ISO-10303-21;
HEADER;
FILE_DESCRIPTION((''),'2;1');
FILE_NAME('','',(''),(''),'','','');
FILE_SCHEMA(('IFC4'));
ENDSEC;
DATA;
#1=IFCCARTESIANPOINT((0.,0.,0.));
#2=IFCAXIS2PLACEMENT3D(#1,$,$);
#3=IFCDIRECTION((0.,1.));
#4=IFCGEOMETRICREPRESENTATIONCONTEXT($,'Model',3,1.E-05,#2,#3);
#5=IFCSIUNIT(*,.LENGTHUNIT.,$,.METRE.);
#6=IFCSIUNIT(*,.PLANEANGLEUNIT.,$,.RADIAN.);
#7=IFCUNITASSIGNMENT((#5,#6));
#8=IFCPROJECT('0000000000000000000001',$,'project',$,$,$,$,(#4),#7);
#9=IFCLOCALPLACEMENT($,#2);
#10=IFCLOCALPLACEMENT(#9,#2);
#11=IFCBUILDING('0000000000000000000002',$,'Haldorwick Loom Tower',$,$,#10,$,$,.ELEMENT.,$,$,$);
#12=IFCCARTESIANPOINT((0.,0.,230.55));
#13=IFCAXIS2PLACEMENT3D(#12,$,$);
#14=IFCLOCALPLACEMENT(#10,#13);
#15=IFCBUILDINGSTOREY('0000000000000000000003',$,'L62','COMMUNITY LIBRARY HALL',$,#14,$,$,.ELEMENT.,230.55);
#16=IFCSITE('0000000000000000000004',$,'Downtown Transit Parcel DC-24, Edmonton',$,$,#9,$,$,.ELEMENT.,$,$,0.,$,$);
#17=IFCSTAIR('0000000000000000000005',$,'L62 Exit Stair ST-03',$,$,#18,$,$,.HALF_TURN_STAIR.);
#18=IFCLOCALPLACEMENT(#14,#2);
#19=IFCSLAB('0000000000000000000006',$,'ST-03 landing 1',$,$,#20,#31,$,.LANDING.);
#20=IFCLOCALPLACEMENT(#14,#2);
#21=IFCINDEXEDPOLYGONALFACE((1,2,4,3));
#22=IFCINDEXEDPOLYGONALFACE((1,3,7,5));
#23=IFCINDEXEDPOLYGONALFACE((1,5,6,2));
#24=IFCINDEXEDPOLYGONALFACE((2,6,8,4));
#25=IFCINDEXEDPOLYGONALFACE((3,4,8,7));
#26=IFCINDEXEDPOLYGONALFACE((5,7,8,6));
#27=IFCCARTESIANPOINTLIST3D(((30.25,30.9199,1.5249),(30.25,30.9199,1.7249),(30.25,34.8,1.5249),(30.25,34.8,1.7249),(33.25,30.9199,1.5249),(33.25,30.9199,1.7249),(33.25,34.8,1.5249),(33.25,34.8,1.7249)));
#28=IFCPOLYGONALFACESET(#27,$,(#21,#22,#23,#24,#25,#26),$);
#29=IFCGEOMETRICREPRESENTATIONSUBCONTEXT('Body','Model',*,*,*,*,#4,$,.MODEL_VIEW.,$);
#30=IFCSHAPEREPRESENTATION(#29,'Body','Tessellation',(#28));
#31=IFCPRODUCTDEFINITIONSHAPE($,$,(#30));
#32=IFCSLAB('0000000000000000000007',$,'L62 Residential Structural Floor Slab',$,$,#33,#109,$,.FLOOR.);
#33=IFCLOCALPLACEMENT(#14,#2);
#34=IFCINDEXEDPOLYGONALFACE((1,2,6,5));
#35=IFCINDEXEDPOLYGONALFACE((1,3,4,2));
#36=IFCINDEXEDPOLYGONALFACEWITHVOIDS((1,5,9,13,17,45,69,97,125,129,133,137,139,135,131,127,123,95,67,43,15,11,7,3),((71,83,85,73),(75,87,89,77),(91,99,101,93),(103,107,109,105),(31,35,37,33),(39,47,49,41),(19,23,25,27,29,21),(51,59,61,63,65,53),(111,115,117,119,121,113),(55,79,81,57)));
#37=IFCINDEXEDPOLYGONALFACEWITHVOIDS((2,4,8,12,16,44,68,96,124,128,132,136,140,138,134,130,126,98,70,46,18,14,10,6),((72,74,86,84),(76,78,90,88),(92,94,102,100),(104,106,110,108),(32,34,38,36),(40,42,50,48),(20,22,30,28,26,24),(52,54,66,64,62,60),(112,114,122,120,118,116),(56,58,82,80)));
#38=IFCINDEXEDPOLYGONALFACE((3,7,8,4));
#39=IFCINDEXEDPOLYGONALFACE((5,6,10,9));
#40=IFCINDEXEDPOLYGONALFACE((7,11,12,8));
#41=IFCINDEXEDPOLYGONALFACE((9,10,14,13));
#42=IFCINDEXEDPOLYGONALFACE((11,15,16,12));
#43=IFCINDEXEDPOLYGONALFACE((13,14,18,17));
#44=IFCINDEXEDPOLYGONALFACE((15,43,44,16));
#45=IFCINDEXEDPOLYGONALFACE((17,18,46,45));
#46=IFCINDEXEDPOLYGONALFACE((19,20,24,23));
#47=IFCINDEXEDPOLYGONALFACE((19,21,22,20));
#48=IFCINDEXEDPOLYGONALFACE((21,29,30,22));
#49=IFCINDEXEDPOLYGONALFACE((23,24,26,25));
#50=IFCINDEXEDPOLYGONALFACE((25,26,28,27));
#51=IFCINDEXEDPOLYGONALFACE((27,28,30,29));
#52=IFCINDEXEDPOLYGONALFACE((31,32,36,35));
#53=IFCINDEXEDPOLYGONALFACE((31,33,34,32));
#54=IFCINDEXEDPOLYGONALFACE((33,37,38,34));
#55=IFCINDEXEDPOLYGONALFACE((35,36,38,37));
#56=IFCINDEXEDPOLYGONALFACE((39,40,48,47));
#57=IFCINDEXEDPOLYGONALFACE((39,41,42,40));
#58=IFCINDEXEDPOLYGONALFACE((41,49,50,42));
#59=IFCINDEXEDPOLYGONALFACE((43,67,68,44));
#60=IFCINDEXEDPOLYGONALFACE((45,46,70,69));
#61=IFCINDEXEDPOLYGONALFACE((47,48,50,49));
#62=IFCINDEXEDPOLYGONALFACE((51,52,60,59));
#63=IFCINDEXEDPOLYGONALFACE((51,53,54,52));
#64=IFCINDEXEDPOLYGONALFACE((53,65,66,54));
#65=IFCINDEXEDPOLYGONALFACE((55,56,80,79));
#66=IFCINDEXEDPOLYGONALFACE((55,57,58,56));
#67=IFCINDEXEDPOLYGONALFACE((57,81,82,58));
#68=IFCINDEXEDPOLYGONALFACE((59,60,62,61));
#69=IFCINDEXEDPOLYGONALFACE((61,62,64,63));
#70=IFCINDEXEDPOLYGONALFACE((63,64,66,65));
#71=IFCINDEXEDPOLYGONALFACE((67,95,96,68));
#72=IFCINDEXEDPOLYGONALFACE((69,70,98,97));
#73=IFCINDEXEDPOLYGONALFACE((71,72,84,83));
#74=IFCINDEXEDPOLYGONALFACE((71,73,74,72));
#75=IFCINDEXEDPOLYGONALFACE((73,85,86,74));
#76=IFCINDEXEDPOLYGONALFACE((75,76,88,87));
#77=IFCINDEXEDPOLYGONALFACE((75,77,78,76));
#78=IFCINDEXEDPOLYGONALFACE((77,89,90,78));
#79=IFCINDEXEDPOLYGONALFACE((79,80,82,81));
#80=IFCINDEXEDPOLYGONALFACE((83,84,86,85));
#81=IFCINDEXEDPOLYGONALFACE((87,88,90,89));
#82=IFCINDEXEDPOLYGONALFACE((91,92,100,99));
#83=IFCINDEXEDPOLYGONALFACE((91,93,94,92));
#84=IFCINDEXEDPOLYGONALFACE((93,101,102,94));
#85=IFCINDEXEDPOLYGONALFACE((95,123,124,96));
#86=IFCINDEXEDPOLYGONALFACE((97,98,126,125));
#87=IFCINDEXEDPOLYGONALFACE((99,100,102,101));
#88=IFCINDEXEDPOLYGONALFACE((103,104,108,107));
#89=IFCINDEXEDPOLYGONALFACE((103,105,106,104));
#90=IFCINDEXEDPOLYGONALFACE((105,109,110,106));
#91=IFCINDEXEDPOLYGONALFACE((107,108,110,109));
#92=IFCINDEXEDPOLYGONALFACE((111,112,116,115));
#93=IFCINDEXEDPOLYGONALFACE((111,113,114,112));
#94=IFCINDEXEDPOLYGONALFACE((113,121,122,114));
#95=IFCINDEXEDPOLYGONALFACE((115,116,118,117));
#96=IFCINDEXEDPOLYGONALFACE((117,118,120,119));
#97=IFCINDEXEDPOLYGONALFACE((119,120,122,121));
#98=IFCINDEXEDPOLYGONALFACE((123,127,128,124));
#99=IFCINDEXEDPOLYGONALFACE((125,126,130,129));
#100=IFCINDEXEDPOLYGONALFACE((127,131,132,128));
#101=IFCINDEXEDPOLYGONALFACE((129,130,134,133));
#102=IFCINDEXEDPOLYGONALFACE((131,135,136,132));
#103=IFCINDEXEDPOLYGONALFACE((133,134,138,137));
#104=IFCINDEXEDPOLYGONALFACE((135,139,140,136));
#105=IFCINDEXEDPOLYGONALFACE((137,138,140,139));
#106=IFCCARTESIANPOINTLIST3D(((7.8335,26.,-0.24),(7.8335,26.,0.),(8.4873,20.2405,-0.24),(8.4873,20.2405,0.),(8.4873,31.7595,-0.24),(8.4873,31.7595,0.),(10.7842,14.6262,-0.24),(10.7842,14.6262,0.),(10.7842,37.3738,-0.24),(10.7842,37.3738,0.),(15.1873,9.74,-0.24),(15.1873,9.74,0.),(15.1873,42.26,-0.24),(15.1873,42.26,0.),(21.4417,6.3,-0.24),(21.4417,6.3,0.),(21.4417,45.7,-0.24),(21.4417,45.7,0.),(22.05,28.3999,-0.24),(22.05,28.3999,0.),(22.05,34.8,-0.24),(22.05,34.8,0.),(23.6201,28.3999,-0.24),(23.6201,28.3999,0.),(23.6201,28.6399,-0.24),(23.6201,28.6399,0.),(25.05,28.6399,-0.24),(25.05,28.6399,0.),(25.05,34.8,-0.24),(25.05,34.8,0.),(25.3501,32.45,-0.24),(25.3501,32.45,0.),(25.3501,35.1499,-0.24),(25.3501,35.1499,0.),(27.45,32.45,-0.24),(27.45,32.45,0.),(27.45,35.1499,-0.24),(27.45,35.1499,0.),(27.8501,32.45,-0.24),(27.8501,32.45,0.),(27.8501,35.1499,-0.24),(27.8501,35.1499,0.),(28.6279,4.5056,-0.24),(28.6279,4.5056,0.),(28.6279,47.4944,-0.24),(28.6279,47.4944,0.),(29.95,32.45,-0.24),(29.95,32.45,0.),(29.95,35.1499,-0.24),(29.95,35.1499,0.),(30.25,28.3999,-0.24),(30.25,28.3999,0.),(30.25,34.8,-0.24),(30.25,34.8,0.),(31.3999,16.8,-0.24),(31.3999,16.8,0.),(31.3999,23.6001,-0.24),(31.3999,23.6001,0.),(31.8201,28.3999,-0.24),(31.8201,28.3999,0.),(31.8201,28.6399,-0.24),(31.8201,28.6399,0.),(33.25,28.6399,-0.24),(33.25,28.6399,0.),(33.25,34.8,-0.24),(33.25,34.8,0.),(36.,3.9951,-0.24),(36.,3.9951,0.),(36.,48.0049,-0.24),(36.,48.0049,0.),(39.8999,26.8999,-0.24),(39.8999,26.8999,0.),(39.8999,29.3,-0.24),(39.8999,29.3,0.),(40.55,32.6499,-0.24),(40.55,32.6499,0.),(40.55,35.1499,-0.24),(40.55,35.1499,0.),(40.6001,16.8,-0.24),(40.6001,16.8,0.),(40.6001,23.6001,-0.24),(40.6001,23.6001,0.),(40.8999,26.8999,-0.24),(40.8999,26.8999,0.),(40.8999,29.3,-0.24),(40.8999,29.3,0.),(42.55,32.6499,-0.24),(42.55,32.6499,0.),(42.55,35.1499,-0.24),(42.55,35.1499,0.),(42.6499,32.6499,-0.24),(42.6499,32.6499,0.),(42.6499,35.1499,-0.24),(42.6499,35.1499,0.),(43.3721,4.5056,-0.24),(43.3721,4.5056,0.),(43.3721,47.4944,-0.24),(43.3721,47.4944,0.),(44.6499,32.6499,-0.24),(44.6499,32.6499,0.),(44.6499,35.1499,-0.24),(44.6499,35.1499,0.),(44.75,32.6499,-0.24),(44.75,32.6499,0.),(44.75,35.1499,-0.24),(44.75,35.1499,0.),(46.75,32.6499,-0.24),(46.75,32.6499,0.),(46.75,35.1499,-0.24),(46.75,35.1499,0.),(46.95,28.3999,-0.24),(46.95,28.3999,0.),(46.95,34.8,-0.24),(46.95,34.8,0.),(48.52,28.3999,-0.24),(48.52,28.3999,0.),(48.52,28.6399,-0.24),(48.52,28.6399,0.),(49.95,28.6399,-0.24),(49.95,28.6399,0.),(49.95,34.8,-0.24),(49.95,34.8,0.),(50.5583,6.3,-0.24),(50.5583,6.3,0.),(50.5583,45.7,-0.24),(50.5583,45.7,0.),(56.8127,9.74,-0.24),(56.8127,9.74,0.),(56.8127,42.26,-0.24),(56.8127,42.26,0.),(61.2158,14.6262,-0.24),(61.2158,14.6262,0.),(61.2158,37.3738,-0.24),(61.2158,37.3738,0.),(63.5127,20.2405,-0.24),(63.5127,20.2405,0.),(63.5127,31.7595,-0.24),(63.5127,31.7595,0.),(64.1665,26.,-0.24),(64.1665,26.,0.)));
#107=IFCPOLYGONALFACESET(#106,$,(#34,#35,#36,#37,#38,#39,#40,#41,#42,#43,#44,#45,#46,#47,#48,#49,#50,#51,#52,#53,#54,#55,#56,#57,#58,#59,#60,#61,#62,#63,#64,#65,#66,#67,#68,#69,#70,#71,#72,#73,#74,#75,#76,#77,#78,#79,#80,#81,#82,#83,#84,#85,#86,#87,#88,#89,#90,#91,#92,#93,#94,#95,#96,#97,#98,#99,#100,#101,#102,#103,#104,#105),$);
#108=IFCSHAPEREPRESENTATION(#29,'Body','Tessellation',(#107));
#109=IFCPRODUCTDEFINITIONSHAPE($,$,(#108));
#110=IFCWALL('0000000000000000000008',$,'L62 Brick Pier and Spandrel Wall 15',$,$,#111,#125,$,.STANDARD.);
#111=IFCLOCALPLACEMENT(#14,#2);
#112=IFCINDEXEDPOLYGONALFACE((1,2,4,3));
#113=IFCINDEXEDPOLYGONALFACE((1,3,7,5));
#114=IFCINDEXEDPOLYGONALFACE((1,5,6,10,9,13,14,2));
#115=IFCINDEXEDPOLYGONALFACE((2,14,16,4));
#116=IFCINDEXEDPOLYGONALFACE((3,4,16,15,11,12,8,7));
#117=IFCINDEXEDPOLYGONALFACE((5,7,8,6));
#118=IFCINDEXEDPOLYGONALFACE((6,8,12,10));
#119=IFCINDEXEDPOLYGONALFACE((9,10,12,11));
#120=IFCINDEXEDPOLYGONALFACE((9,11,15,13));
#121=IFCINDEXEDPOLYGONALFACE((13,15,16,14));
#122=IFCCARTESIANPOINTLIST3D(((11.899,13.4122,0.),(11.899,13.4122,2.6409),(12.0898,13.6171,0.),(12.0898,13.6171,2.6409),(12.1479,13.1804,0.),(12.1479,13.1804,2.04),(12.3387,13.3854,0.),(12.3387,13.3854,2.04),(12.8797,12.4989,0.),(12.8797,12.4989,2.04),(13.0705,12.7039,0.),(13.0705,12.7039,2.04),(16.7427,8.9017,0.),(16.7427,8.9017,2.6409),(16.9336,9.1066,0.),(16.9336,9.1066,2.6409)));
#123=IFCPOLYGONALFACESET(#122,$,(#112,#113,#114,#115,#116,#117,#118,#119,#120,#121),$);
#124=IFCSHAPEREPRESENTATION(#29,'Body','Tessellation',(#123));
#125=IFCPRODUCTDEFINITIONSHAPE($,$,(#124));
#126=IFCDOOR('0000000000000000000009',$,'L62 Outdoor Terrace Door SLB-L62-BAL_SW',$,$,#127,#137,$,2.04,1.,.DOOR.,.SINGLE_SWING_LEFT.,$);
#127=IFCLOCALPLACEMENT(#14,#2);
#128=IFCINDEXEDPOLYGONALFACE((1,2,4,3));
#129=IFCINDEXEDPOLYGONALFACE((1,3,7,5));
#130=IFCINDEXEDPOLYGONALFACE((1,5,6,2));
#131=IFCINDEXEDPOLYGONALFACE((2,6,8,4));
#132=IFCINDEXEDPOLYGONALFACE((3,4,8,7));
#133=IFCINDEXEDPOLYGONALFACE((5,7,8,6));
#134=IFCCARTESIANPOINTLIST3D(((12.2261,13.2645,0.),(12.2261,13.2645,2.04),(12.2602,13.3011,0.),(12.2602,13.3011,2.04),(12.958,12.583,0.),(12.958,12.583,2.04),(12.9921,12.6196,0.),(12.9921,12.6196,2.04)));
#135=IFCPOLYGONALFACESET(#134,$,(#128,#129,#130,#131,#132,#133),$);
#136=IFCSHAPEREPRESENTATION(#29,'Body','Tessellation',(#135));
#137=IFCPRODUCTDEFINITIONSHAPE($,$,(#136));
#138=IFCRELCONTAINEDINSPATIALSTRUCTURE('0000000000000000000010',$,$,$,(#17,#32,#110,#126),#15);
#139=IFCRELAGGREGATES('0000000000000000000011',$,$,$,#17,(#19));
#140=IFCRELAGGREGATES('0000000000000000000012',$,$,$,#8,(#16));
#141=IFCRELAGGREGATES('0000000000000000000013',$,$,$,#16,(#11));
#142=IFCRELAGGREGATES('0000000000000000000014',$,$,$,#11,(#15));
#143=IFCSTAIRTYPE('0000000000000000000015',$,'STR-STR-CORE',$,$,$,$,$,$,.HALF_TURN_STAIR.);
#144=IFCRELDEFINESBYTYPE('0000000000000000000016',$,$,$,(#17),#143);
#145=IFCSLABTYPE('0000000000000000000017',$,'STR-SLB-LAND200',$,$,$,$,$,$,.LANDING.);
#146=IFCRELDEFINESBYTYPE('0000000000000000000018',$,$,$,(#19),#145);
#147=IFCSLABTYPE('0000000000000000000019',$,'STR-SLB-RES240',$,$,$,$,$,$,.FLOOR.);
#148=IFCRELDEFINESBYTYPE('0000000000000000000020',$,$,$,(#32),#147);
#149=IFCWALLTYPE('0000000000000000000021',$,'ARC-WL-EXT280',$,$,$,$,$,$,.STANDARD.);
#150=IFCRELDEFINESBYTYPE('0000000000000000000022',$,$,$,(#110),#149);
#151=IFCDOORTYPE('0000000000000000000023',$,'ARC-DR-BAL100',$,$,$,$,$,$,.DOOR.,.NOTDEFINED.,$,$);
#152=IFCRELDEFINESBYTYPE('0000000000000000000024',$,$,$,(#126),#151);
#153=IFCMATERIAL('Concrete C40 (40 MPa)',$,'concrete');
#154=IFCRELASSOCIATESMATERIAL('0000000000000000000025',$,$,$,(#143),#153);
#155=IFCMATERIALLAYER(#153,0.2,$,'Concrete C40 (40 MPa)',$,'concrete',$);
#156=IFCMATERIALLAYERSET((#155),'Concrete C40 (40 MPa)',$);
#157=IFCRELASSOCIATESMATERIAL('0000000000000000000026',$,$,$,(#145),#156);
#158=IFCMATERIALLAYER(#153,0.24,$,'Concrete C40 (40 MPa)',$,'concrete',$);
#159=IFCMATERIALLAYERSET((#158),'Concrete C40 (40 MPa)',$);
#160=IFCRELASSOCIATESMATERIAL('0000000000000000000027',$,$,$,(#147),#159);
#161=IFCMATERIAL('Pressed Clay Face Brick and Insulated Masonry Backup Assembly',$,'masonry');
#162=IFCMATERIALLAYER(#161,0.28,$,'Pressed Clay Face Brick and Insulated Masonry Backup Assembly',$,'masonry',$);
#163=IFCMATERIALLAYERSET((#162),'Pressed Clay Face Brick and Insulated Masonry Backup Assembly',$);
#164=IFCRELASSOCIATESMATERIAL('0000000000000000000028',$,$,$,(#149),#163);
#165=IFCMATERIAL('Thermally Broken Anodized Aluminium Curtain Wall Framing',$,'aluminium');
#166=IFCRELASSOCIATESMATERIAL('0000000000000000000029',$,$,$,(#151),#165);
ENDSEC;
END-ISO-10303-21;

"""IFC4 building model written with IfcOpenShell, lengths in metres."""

from ifc_helpers import new_model, si_unit, direction, frame, frame_2d, origin, place, context, subcontext, project, spatial, polyline, rectangle, outline, extrude, material, layer, layer_set, type_object, element, fill, aggregate, save


model = new_model("IFC4")

# Units and contexts
model_context = context("Model", 3, precision=1e-05, world=origin(), true_north=direction((0.0, 1.0)))
body_context = subcontext(model_context, "Body", "Model", "MODEL_VIEW")
ifc_project = project(units=[si_unit("LENGTHUNIT", "METRE"), si_unit("PLANEANGLEUNIT", "RADIAN")], contexts=[model_context])

# Site, building, storey
site_placement = place(None, origin())
site = spatial("IfcSite", under=ifc_project, at=site_placement, Name="Downtown Transit Parcel DC-24, Edmonton", CompositionType="ELEMENT", RefElevation=0.0)
building_placement = place(site_placement, origin())
building = spatial("IfcBuilding", under=site, at=building_placement, Name="Haldorwick Loom Tower", CompositionType="ELEMENT")
storey_placement = place(building_placement, frame((0.0, 0.0, 230.55)))
storey = spatial("IfcBuildingStorey", under=building, at=storey_placement, Name="L62", Description="COMMUNITY LIBRARY HALL", CompositionType="ELEMENT", Elevation=230.55)

# Shared definitions
ifc_material_1 = material(Name="Concrete C40 (40 MPa)", Category="concrete")

# Stair, slab
stair_type = type_object("IfcStairType", Name="STR-STR-CORE", PredefinedType="HALF_TURN_STAIR", material=ifc_material_1)
ifc_layer_1 = layer(ifc_material_1, 0.2, Name="Concrete C40 (40 MPa)", Category="concrete")
ifc_layer_set_1 = layer_set([ifc_layer_1], Name="Concrete C40 (40 MPa)")
slab_type_1 = type_object("IfcSlabType", Name="STR-SLB-LAND200", PredefinedType="LANDING", material=ifc_layer_set_1)
stair_1_placement = place(storey_placement, origin())
stair_1 = element("IfcStair", 1, at=stair_1_placement, inside=storey, type_object=stair_type, Name="L62 Exit Stair ST-03", PredefinedType="HALF_TURN_STAIR")
slab_1_placement = place(storey_placement, frame((0.0, 0.0, 1.5249)))
slab_1 = element("IfcSlab", 2, at=slab_1_placement, type_object=slab_type_1, Name="ST-03 landing 1", PredefinedType="LANDING", context=body_context, shape_type="SweptSolid", body=[
    extrude(outline(polyline([(33.25, 30.9199), (33.25, 34.8), (30.25, 34.8), (30.25, 30.9199), (33.25, 30.9199)])), origin(), (0.0, 0.0, 1.0), 0.2),
])
aggregate(stair_1, [slab_1])

# Slab
ifc_layer_2 = layer(ifc_material_1, 0.24, Name="Concrete C40 (40 MPa)", Category="concrete")
ifc_layer_set_2 = layer_set([ifc_layer_2], Name="Concrete C40 (40 MPa)")
slab_type_2 = type_object("IfcSlabType", Name="STR-SLB-RES240", PredefinedType="FLOOR", material=ifc_layer_set_2)
slab_2_placement = place(storey_placement, frame((0.0, 0.0, -0.24)))
element("IfcSlab", 3, at=slab_2_placement, inside=storey, type_object=slab_type_2, Name="L62 Residential Structural Floor Slab", PredefinedType="FLOOR", context=body_context, shape_type="SweptSolid", body=[
    extrude(outline(polyline([(56.8127, 9.74), (61.2158, 14.6262), (63.5127, 20.2405), (64.1665, 26.0), (63.5127, 31.7595), (61.2158, 37.3738), (56.8127, 42.26), (50.5583, 45.7), (43.3721, 47.4944), (36.0, 48.0049), (28.6279, 47.4944), (21.4417, 45.7), (15.1873, 42.26), (10.7842, 37.3738), (8.4873, 31.7595), (7.8335, 26.0), (8.4873, 20.2405), (10.7842, 14.6262), (15.1873, 9.74), (21.4417, 6.3), (28.6279, 4.5056), (36.0, 3.9951), (43.3721, 4.5056), (50.5583, 6.3), (56.8127, 9.74)]), holes=[polyline([(31.3999, 16.8), (31.3999, 23.6001), (40.6001, 23.6001), (40.6001, 16.8), (31.3999, 16.8)]), polyline([(40.8999, 26.8999), (39.8999, 26.8999), (39.8999, 29.3), (40.8999, 29.3), (40.8999, 26.8999)]), polyline([(23.6201, 28.3999), (22.05, 28.3999), (22.05, 34.8), (25.05, 34.8), (25.05, 28.6399), (23.6201, 28.6399), (23.6201, 28.3999)]), polyline([(30.25, 28.3999), (30.25, 34.8), (33.25, 34.8), (33.25, 28.6399), (31.8201, 28.6399), (31.8201, 28.3999), (30.25, 28.3999)]), polyline([(46.95, 28.3999), (46.95, 34.8), (49.95, 34.8), (49.95, 28.6399), (48.52, 28.6399), (48.52, 28.3999), (46.95, 28.3999)]), polyline([(27.45, 32.45), (25.3501, 32.45), (25.3501, 35.1499), (27.45, 35.1499), (27.45, 32.45)]), polyline([(29.95, 32.45), (27.8501, 32.45), (27.8501, 35.1499), (29.95, 35.1499), (29.95, 32.45)]), polyline([(42.55, 32.6499), (40.55, 32.6499), (40.55, 35.1499), (42.55, 35.1499), (42.55, 32.6499)]), polyline([(42.6499, 32.6499), (42.6499, 35.1499), (44.6499, 35.1499), (44.6499, 32.6499), (42.6499, 32.6499)]), polyline([(44.75, 32.6499), (44.75, 35.1499), (46.75, 35.1499), (46.75, 32.6499), (44.75, 32.6499)])]), origin(), (0.0, 0.0, 1.0), 0.24),
])

# Wall, opening, door
ifc_material_2 = material(Name="Pressed Clay Face Brick and Insulated Masonry Backup Assembly", Category="masonry")
ifc_layer_3 = layer(ifc_material_2, 0.28, Name="Pressed Clay Face Brick and Insulated Masonry Backup Assembly", Category="masonry")
ifc_layer_set_3 = layer_set([ifc_layer_3], Name="Pressed Clay Face Brick and Insulated Masonry Backup Assembly")
wall_type = type_object("IfcWallType", Name="ARC-WL-EXT280", PredefinedType="STANDARD", material=ifc_layer_set_3)
wall_1_placement = place(storey_placement, frame((11.9944, 13.5146, 0.0), z_axis=(0.0, 0.0, 1.0), x_axis=(0.731834, -0.681483, 0.0)))
wall_1 = element("IfcWall", 4, at=wall_1_placement, inside=storey, type_object=wall_type, Name="L62 Brick Pier and Spandrel Wall 15", PredefinedType="STANDARD", context=body_context, shape_type="SweptSolid", body=[
    extrude(rectangle(XDim=6.6187, YDim=0.28, at=frame_2d((3.3093, 0.0))), origin(), (0.0, 0.0, 1.0), 2.6409),
])
opening_1_placement = place(wall_1_placement, frame((0.3401, 0.0, 0.0)))
opening_1 = element("IfcOpeningElement", 5, at=opening_1_placement, cuts=wall_1, PredefinedType="OPENING", context=body_context, shape_type="SweptSolid", body=[
    extrude(rectangle(XDim=1.0, YDim=2.04, at=frame_2d((0.5, 1.02))), frame((0.0, 0.1499, 0.0), z_axis=(0.0, -1.0, 0.0), x_axis=(1.0, 0.0, 0.0)), (0.0, 0.0, 1.0), 0.3),
])
ifc_material_3 = material(Name="Thermally Broken Anodized Aluminium Curtain Wall Framing", Category="aluminium")
door_type = type_object("IfcDoorType", Name="ARC-DR-BAL100", OperationType="NOTDEFINED", PredefinedType="DOOR", material=ifc_material_3)
door_placement = place(opening_1_placement, origin())
door = element("IfcDoor", 6, at=door_placement, inside=storey, type_object=door_type, Name="L62 Outdoor Terrace Door SLB-L62-BAL_SW", OperationType="SINGLE_SWING_LEFT", OverallHeight=2.04, OverallWidth=1.0, PredefinedType="DOOR", context=body_context, shape_type="SweptSolid", body=[
    extrude(rectangle(XDim=1.0, YDim=2.04, at=frame_2d((0.5, 1.02))), frame((0.0, 0.0249, 0.0), z_axis=(0.0, -1.0, 0.0), x_axis=(1.0, 0.0, 0.0)), (0.0, 0.0, 1.0), 0.05),
])
fill(opening_1, door)

save(model, "model.ifc")
